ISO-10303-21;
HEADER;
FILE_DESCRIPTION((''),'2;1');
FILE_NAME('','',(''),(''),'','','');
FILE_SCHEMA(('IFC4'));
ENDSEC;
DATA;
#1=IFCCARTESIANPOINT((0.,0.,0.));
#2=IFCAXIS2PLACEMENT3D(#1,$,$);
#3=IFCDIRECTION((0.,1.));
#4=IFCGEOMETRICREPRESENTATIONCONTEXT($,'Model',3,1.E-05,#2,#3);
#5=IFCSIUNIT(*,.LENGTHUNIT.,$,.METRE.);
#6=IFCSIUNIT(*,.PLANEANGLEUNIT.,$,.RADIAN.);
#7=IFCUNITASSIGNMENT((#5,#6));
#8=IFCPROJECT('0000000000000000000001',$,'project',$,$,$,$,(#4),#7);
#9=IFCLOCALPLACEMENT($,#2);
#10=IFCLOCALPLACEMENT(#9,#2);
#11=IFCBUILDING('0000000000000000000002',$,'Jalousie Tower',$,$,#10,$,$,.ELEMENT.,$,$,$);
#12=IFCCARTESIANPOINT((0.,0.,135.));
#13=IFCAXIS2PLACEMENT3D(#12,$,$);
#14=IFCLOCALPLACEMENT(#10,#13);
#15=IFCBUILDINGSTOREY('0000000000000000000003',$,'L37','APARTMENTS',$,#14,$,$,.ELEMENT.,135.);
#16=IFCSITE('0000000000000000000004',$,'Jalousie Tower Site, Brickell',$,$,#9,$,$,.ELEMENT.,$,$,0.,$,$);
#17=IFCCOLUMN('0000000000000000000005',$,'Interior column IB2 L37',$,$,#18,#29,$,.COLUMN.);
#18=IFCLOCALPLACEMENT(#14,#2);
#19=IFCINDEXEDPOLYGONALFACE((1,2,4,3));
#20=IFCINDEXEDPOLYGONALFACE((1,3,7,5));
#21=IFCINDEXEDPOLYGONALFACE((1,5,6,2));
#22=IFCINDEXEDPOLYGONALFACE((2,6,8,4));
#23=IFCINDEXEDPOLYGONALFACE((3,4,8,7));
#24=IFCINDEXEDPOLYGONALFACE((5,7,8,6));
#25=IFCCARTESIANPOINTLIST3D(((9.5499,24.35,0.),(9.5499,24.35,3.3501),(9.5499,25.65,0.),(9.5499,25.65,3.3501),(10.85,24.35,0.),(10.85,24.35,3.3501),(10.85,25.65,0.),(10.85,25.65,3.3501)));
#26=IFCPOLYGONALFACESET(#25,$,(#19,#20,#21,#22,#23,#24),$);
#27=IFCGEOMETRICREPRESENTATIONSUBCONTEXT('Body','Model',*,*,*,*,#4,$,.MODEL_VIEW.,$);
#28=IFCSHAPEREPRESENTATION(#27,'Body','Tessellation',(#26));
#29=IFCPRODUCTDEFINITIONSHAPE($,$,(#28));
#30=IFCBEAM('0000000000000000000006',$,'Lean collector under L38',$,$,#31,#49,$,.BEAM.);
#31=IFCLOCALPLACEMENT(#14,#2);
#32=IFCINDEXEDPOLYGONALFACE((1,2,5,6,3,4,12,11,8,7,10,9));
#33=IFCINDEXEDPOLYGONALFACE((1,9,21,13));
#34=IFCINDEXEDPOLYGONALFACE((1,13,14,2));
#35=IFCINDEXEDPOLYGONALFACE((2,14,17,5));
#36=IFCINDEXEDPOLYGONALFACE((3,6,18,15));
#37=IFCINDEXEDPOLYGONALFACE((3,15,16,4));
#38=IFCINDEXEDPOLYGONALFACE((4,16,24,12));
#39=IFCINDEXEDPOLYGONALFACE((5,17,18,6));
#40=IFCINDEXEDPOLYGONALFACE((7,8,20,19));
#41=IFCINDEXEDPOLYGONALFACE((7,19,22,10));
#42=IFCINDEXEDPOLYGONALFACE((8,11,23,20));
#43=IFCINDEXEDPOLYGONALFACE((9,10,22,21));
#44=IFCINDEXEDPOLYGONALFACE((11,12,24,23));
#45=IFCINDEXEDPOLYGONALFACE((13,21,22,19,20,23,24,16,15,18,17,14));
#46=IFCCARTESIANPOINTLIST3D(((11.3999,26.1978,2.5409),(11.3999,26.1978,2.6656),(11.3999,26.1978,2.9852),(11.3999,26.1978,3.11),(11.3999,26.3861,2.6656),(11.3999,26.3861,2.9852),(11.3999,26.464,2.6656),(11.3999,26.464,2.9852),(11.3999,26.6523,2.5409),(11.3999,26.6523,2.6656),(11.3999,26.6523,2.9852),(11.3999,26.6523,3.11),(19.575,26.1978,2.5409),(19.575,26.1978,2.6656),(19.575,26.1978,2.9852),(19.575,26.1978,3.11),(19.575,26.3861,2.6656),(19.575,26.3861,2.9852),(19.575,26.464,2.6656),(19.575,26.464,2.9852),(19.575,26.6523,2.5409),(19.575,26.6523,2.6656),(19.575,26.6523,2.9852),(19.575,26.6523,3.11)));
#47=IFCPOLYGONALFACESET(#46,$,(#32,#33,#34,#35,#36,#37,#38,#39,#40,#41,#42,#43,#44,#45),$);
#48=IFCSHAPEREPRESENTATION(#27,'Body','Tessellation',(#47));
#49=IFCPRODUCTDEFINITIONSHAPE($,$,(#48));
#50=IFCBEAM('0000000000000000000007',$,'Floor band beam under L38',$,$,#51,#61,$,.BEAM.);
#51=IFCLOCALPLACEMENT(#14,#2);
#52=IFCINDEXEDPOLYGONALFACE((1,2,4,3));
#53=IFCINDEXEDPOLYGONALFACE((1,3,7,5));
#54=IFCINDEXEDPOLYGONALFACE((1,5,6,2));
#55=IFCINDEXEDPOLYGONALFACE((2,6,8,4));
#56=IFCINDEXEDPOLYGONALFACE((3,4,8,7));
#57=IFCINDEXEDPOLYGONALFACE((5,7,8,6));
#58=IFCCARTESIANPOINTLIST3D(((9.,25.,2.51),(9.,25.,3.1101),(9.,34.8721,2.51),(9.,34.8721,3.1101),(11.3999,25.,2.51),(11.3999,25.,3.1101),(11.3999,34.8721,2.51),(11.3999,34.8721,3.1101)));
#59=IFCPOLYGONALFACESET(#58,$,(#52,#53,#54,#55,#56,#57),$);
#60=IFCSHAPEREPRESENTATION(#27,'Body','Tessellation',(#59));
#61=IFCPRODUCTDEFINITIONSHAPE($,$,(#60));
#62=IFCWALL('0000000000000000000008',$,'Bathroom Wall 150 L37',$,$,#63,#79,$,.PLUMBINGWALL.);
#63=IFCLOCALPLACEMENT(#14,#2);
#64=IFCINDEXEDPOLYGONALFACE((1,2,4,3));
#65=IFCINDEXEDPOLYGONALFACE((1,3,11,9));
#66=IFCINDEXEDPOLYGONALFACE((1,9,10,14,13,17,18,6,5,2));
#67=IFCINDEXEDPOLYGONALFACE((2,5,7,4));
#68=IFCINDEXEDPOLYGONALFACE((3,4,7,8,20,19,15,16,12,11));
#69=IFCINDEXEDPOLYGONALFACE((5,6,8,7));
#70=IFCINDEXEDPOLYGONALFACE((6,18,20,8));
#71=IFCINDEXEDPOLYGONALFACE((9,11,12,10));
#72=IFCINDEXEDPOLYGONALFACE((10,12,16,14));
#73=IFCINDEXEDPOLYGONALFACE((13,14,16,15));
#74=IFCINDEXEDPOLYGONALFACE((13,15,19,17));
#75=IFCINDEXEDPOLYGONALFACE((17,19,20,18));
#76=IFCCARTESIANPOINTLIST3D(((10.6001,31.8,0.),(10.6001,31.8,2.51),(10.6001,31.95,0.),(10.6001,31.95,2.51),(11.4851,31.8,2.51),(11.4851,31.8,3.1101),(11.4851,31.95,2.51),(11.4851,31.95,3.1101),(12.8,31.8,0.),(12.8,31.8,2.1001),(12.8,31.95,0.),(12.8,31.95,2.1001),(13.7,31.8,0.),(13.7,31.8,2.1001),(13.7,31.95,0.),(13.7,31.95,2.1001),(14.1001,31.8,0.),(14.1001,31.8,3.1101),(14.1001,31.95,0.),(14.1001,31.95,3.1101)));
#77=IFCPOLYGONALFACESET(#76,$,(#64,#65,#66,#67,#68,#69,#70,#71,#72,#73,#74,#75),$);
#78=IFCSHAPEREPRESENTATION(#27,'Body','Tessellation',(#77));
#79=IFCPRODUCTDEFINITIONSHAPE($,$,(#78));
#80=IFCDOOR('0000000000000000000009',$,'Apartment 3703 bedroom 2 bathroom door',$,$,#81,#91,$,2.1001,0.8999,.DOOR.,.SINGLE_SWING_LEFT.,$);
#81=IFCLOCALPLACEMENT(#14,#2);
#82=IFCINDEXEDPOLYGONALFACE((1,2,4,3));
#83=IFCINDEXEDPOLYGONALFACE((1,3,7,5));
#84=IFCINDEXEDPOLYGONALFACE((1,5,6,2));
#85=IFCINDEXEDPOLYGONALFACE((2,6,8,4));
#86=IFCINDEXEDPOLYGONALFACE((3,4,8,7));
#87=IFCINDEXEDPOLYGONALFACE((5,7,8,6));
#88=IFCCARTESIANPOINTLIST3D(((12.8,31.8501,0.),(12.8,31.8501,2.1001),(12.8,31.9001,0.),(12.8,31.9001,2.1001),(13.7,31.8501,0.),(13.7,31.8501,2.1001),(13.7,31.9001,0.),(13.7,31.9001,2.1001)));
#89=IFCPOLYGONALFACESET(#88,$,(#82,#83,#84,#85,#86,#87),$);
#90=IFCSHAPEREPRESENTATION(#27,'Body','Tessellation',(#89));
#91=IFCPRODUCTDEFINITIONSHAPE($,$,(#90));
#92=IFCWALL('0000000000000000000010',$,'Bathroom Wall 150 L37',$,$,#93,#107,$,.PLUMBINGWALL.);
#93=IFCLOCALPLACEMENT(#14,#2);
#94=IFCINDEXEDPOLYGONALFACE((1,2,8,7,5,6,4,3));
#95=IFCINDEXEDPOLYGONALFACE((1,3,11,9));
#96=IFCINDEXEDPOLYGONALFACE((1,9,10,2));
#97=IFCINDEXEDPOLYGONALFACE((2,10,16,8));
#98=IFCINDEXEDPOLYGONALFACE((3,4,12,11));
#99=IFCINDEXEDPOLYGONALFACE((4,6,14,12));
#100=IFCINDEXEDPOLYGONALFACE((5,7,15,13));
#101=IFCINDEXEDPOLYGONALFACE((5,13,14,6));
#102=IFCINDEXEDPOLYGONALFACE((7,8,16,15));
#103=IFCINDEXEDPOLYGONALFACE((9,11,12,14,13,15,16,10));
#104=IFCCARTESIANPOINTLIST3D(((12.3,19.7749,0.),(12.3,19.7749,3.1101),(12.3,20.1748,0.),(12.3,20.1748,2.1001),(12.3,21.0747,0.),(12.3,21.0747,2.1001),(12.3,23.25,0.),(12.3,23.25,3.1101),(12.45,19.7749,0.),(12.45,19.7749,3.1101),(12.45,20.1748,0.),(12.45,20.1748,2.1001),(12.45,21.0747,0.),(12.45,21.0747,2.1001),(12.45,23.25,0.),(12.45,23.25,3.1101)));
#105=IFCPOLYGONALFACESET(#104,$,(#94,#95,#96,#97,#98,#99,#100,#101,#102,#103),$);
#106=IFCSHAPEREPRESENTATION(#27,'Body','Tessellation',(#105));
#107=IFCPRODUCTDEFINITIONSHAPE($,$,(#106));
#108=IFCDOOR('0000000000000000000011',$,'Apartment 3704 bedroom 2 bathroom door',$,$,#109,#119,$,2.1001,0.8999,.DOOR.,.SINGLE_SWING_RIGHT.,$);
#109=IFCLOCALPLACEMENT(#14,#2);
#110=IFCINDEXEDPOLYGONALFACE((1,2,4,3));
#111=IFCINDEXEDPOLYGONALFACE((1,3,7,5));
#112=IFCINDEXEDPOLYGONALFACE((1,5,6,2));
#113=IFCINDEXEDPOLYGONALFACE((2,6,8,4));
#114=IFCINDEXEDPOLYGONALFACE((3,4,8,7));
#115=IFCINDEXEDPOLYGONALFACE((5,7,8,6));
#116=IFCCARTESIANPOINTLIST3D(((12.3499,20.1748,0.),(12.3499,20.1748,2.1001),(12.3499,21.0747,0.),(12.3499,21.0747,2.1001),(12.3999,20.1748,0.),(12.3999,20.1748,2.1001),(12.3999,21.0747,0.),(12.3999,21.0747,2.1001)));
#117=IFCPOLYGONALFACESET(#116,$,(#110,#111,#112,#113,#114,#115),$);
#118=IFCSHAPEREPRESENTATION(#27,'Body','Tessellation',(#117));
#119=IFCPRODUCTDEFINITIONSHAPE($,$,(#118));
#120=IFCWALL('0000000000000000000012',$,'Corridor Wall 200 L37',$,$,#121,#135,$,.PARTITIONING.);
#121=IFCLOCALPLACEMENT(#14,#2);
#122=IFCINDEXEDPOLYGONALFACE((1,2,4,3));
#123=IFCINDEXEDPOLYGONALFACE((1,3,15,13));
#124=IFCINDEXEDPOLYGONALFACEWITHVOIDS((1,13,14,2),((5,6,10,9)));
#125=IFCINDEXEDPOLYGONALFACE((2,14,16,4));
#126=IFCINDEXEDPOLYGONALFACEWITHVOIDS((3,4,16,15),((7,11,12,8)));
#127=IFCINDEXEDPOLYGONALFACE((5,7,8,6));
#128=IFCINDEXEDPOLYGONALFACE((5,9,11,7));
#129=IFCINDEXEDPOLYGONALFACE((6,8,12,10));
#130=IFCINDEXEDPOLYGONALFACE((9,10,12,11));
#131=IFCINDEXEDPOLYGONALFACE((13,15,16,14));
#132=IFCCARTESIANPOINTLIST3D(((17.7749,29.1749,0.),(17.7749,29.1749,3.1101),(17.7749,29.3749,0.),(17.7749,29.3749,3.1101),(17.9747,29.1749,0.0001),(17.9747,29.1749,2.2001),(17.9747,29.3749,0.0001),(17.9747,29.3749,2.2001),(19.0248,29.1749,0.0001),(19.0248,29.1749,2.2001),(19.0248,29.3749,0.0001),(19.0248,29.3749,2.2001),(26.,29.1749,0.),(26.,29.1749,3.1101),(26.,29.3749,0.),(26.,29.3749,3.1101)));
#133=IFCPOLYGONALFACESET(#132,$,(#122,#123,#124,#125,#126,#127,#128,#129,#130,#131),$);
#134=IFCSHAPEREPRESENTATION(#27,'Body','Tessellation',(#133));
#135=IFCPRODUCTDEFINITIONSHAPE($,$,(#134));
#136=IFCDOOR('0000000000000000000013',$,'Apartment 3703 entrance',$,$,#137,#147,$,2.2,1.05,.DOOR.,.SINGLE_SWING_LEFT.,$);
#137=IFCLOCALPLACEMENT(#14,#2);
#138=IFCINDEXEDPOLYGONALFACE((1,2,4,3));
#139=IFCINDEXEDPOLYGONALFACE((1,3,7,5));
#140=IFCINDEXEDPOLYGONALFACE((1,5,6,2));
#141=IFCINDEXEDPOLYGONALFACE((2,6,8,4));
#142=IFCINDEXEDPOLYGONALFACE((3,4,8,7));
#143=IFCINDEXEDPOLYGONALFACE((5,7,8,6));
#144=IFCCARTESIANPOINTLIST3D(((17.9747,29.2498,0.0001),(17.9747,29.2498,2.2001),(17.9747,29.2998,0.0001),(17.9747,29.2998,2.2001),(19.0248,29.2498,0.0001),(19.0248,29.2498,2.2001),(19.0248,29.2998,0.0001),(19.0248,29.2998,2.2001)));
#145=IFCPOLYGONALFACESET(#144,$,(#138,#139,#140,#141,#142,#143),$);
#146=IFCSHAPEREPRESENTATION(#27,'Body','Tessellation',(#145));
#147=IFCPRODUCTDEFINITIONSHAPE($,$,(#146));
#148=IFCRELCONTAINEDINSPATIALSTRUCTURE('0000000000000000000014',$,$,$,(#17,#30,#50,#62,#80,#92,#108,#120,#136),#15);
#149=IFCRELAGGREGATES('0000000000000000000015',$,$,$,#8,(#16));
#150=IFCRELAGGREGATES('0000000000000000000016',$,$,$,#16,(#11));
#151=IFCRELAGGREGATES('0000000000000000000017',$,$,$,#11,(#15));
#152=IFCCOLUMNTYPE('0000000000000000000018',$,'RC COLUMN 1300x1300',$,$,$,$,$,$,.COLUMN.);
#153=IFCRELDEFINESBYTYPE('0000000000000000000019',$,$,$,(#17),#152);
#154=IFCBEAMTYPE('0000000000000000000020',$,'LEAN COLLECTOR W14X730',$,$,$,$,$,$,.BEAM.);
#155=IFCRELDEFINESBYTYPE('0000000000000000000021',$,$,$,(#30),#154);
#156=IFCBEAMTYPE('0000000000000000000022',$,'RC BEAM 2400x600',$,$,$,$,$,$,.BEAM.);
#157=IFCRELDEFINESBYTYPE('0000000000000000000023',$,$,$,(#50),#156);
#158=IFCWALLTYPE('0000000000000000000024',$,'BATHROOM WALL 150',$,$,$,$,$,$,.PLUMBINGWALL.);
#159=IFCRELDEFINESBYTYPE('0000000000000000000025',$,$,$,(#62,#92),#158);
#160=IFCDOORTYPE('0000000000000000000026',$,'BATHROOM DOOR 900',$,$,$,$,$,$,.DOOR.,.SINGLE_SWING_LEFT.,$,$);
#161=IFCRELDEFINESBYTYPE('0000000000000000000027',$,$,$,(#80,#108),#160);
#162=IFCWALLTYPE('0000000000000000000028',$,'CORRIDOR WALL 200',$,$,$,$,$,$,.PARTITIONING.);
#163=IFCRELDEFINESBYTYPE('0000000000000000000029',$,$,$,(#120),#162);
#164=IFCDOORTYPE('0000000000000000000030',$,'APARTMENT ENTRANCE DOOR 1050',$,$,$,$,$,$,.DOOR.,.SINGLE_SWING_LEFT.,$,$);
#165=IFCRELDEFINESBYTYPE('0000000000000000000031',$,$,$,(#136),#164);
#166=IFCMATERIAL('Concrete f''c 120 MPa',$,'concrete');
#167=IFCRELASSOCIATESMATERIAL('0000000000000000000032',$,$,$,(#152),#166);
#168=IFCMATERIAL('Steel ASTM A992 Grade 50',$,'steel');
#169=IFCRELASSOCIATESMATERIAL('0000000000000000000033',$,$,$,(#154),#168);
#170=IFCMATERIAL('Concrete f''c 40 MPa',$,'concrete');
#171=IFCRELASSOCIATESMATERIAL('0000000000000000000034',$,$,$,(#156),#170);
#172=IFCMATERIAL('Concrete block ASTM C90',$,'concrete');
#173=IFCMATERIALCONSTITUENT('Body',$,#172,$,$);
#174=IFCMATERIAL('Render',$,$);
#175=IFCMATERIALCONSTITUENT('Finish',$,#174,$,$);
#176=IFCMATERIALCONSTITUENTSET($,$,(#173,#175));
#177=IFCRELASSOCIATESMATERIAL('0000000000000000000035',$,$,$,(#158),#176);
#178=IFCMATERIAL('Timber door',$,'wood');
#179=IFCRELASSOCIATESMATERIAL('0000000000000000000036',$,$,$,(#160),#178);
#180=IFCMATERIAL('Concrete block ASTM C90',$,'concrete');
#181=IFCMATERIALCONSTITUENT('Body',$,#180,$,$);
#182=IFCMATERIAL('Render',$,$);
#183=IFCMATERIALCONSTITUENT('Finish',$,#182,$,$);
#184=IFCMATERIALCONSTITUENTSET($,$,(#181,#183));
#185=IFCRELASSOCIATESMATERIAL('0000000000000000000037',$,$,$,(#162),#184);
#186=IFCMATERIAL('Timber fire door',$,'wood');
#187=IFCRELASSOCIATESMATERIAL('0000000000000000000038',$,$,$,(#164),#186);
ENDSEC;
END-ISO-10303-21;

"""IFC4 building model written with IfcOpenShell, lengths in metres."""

from ifc_helpers import new_model, si_unit, direction, frame, frame_2d, origin, origin_2d, place, context, subcontext, project, spatial, polyline, rectangle, i_section, outline, extrude, material, constituent, constituent_set, material_profile, profile_set, type_object, element, fill, save


model = new_model("IFC4")

# Units and contexts
model_context = context("Model", 3, precision=1e-05, world=origin(), true_north=direction((0.0, 1.0)))
body_context = subcontext(model_context, "Body", "Model", "MODEL_VIEW")
ifc_project = project(units=[si_unit("LENGTHUNIT", "METRE"), si_unit("PLANEANGLEUNIT", "RADIAN")], contexts=[model_context])

# Site, building, storey
site_placement = place(None, origin())
site = spatial("IfcSite", under=ifc_project, at=site_placement, Name="Jalousie Tower Site, Brickell", CompositionType="ELEMENT", RefElevation=0.0)
building_placement = place(site_placement, origin())
building = spatial("IfcBuilding", under=site, at=building_placement, Name="Jalousie Tower", CompositionType="ELEMENT")
storey_placement = place(building_placement, frame((0.0, 0.0, 135.0)))
storey = spatial("IfcBuildingStorey", under=building, at=storey_placement, Name="L37", Description="APARTMENTS", CompositionType="ELEMENT", Elevation=135.0)

# Column
ifc_material_1 = material(Name="Concrete f'c 120 MPa", Category="concrete")
ifc_material_profile_1 = material_profile(ifc_material_1, rectangle(XDim=1.3, YDim=1.3, at=origin_2d()), Name="RC 1300x1300")
ifc_profile_set_1 = profile_set([ifc_material_profile_1], Name="Concrete f'c 120 MPa")
column_type = type_object("IfcColumnType", Name="RC COLUMN 1300x1300", PredefinedType="COLUMN", material=ifc_profile_set_1)
column_placement = place(storey_placement, frame((10.2, 25.0, 0.0), z_axis=(0.0, 0.0, 1.0), x_axis=(1.0, 0.0, 0.0)))
element("IfcColumn", 1, at=column_placement, inside=storey, type_object=column_type, Name="Interior column IB2 L37", PredefinedType="COLUMN", context=body_context, shape_type="SweptSolid", body=[
    extrude(rectangle(XDim=1.3, YDim=1.3, at=origin_2d()), origin(), (0.0, 0.0, 1.0), 3.3501),
])

# Beams
ifc_material_2 = material(Name="Steel ASTM A992 Grade 50", Category="steel")
ifc_material_profile_2 = material_profile(ifc_material_2, i_section(OverallWidth=0.4546, OverallDepth=0.5691, WebThickness=0.0779, FlangeThickness=0.1248, at=origin_2d()), Name="W14X730")
ifc_profile_set_2 = profile_set([ifc_material_profile_2], Name="Steel ASTM A992 Grade 50")
beam_type_1 = type_object("IfcBeamType", Name="LEAN COLLECTOR W14X730", PredefinedType="BEAM", material=ifc_profile_set_2)
beam_1_placement = place(storey_placement, frame((11.3999, 26.425, 2.8254), z_axis=(1.0, 0.0, 0.0), x_axis=(0.0, 1.0, 0.0)))
element("IfcBeam", 2, at=beam_1_placement, inside=storey, type_object=beam_type_1, Name="Lean collector under L38", PredefinedType="BEAM", context=body_context, shape_type="SweptSolid", body=[
    extrude(i_section(OverallWidth=0.4546, OverallDepth=0.5691, WebThickness=0.0779, FlangeThickness=0.1248, at=origin_2d()), origin(), (0.0, 0.0, 1.0), 8.175),
])
ifc_material_3 = material(Name="Concrete f'c 40 MPa", Category="concrete")
ifc_material_profile_3 = material_profile(ifc_material_3, rectangle(XDim=2.3999, YDim=0.6001, at=origin_2d()), Name="RC 2400x600")
ifc_profile_set_3 = profile_set([ifc_material_profile_3], Name="Concrete f'c 40 MPa")
beam_type_2 = type_object("IfcBeamType", Name="RC BEAM 2400x600", PredefinedType="BEAM", material=ifc_profile_set_3)
beam_2_placement = place(storey_placement, frame((10.2, 25.0, 2.8101), z_axis=(0.0, 1.0, 0.0), x_axis=(-1.0, 0.0, 0.0)))
element("IfcBeam", 3, at=beam_2_placement, inside=storey, type_object=beam_type_2, Name="Floor band beam under L38", PredefinedType="BEAM", context=body_context, shape_type="SweptSolid", body=[
    extrude(rectangle(XDim=2.3999, YDim=0.6001, at=origin_2d()), origin(), (0.0, 0.0, 1.0), 9.8721),
])

# Walls, openings, doors
ifc_material_4 = material(Name="Concrete block ASTM C90", Category="concrete")
ifc_constituent_1 = constituent(ifc_material_4, Name="Body")
ifc_material_5 = material(Name="Render")
ifc_constituent_2 = constituent(ifc_material_5, Name="Finish")
ifc_constituent_set_1 = constituent_set(constituents=[ifc_constituent_1, ifc_constituent_2])
wall_type_1 = type_object("IfcWallType", Name="BATHROOM WALL 150", PredefinedType="PLUMBINGWALL", material=ifc_constituent_set_1)
wall_1_placement = place(storey_placement, frame((10.6001, 31.875, 0.0), z_axis=(0.0, 0.0, 1.0), x_axis=(1.0, 0.0, 0.0)))
wall_1 = element("IfcWall", 4, at=wall_1_placement, inside=storey, type_object=wall_type_1, Name="Bathroom Wall 150 L37", PredefinedType="PLUMBINGWALL", context=body_context, shape_type="SweptSolid", body=[
    extrude(outline(polyline([(0.0, 0.0), (3.5, 0.0), (3.5, 3.1101), (0.885, 3.1101), (0.885, 2.51), (0.0, 2.51), (0.0, 3.1101), (0.0, 0.0)])), frame((0.0, 0.075, 0.0), z_axis=(0.0, -1.0, 0.0), x_axis=(1.0, 0.0, 0.0)), (0.0, 0.0, 1.0), 0.1499),
])
opening_1_placement = place(wall_1_placement, frame((2.2, 0.0, 0.0)))
opening_1 = element("IfcOpeningElement", 5, at=opening_1_placement, cuts=wall_1, PredefinedType="OPENING", context=body_context, shape_type="SweptSolid", body=[
    extrude(rectangle(XDim=0.8999, YDim=2.1001, at=frame_2d((0.45, 1.05))), frame((0.0, 0.085, 0.0), z_axis=(0.0, -1.0, 0.0), x_axis=(1.0, 0.0, 0.0)), (0.0, 0.0, 1.0), 0.1699),
])
ifc_material_6 = material(Name="Timber door", Category="wood")
door_type_1 = type_object("IfcDoorType", Name="BATHROOM DOOR 900", OperationType="SINGLE_SWING_LEFT", PredefinedType="DOOR", material=ifc_material_6)
door_1_placement = place(opening_1_placement, frame((0.8999, 0.0, 0.0), z_axis=(0.0, 0.0, 1.0), x_axis=(-1.0, 0.0, 0.0)))
door_1 = element("IfcDoor", 6, at=door_1_placement, inside=storey, type_object=door_type_1, Name="Apartment 3703 bedroom 2 bathroom door", OperationType="SINGLE_SWING_LEFT", OverallHeight=2.1001, OverallWidth=0.8999, PredefinedType="DOOR", context=body_context, shape_type="SweptSolid", body=[
    extrude(rectangle(XDim=0.8999, YDim=2.1001, at=frame_2d((0.45, 1.05))), frame((0.0, 0.0249, 0.0), z_axis=(0.0, -1.0, 0.0), x_axis=(1.0, 0.0, 0.0)), (0.0, 0.0, 1.0), 0.05),
])
fill(opening_1, door_1)
wall_2_placement = place(storey_placement, frame((12.375, 19.7749, 0.0), z_axis=(0.0, 0.0, 1.0), x_axis=(0.0, 1.0, 0.0)))
wall_2 = element("IfcWall", 7, at=wall_2_placement, inside=storey, type_object=wall_type_1, Name="Bathroom Wall 150 L37", PredefinedType="PLUMBINGWALL", context=body_context, shape_type="SweptSolid", body=[
    extrude(rectangle(XDim=3.4751, YDim=0.1499, at=frame_2d((1.7375, 0.0))), origin(), (0.0, 0.0, 1.0), 3.1101),
])
opening_2_placement = place(wall_2_placement, frame((0.3999, 0.0, 0.0)))
opening_2 = element("IfcOpeningElement", 8, at=opening_2_placement, cuts=wall_2, PredefinedType="OPENING", context=body_context, shape_type="SweptSolid", body=[
    extrude(rectangle(XDim=0.8999, YDim=2.1001, at=frame_2d((0.45, 1.05))), frame((0.0, 0.085, 0.0), z_axis=(0.0, -1.0, 0.0), x_axis=(1.0, 0.0, 0.0)), (0.0, 0.0, 1.0), 0.1699),
])
door_2_placement = place(opening_2_placement, frame((0.8999, 0.0, 0.0), z_axis=(0.0, 0.0, 1.0), x_axis=(-1.0, 0.0, 0.0)))
door_2 = element("IfcDoor", 9, at=door_2_placement, inside=storey, type_object=door_type_1, Name="Apartment 3704 bedroom 2 bathroom door", OperationType="SINGLE_SWING_RIGHT", OverallHeight=2.1001, OverallWidth=0.8999, PredefinedType="DOOR", context=body_context, shape_type="SweptSolid", body=[
    extrude(rectangle(XDim=0.8999, YDim=2.1001, at=frame_2d((0.45, 1.05))), frame((0.0, 0.0249, 0.0), z_axis=(0.0, -1.0, 0.0), x_axis=(1.0, 0.0, 0.0)), (0.0, 0.0, 1.0), 0.05),
])
fill(opening_2, door_2)
ifc_material_7 = material(Name="Concrete block ASTM C90", Category="concrete")
ifc_constituent_3 = constituent(ifc_material_7, Name="Body")
ifc_material_8 = material(Name="Render")
ifc_constituent_4 = constituent(ifc_material_8, Name="Finish")
ifc_constituent_set_2 = constituent_set(constituents=[ifc_constituent_3, ifc_constituent_4])
wall_type_2 = type_object("IfcWallType", Name="CORRIDOR WALL 200", PredefinedType="PARTITIONING", material=ifc_constituent_set_2)
wall_3_placement = place(storey_placement, frame((17.7749, 29.2749, 0.0), z_axis=(0.0, 0.0, 1.0), x_axis=(1.0, 0.0, 0.0)))
wall_3 = element("IfcWall", 10, at=wall_3_placement, inside=storey, type_object=wall_type_2, Name="Corridor Wall 200 L37", PredefinedType="PARTITIONING", context=body_context, shape_type="SweptSolid", body=[
    extrude(rectangle(XDim=8.2251, YDim=0.2, at=frame_2d((4.1125, 0.0))), origin(), (0.0, 0.0, 1.0), 3.1101),
])
opening_3_placement = place(wall_3_placement, frame((0.2, 0.0, 0.0)))
opening_3 = element("IfcOpeningElement", 11, at=opening_3_placement, cuts=wall_3, PredefinedType="OPENING", context=body_context, shape_type="SweptSolid", body=[
    extrude(rectangle(XDim=1.05, YDim=2.2, at=frame_2d((0.5249, 1.1001))), frame((0.0, 0.1099, 0.0), z_axis=(0.0, -1.0, 0.0), x_axis=(1.0, 0.0, 0.0)), (0.0, 0.0, 1.0), 0.22),
])
ifc_material_9 = material(Name="Timber fire door", Category="wood")
door_type_2 = type_object("IfcDoorType", Name="APARTMENT ENTRANCE DOOR 1050", OperationType="SINGLE_SWING_LEFT", PredefinedType="DOOR", material=ifc_material_9)
door_3_placement = place(opening_3_placement, origin())
door_3 = element("IfcDoor", 12, at=door_3_placement, inside=storey, type_object=door_type_2, Name="Apartment 3703 entrance", OperationType="SINGLE_SWING_LEFT", OverallHeight=2.2, OverallWidth=1.05, PredefinedType="DOOR", context=body_context, shape_type="SweptSolid", body=[
    extrude(rectangle(XDim=1.05, YDim=2.2, at=frame_2d((0.5249, 1.1001))), frame((0.0, 0.0249, 0.0), z_axis=(0.0, -1.0, 0.0), x_axis=(1.0, 0.0, 0.0)), (0.0, 0.0, 1.0), 0.05),
])
fill(opening_3, door_3)

save(model, "model.ifc")
